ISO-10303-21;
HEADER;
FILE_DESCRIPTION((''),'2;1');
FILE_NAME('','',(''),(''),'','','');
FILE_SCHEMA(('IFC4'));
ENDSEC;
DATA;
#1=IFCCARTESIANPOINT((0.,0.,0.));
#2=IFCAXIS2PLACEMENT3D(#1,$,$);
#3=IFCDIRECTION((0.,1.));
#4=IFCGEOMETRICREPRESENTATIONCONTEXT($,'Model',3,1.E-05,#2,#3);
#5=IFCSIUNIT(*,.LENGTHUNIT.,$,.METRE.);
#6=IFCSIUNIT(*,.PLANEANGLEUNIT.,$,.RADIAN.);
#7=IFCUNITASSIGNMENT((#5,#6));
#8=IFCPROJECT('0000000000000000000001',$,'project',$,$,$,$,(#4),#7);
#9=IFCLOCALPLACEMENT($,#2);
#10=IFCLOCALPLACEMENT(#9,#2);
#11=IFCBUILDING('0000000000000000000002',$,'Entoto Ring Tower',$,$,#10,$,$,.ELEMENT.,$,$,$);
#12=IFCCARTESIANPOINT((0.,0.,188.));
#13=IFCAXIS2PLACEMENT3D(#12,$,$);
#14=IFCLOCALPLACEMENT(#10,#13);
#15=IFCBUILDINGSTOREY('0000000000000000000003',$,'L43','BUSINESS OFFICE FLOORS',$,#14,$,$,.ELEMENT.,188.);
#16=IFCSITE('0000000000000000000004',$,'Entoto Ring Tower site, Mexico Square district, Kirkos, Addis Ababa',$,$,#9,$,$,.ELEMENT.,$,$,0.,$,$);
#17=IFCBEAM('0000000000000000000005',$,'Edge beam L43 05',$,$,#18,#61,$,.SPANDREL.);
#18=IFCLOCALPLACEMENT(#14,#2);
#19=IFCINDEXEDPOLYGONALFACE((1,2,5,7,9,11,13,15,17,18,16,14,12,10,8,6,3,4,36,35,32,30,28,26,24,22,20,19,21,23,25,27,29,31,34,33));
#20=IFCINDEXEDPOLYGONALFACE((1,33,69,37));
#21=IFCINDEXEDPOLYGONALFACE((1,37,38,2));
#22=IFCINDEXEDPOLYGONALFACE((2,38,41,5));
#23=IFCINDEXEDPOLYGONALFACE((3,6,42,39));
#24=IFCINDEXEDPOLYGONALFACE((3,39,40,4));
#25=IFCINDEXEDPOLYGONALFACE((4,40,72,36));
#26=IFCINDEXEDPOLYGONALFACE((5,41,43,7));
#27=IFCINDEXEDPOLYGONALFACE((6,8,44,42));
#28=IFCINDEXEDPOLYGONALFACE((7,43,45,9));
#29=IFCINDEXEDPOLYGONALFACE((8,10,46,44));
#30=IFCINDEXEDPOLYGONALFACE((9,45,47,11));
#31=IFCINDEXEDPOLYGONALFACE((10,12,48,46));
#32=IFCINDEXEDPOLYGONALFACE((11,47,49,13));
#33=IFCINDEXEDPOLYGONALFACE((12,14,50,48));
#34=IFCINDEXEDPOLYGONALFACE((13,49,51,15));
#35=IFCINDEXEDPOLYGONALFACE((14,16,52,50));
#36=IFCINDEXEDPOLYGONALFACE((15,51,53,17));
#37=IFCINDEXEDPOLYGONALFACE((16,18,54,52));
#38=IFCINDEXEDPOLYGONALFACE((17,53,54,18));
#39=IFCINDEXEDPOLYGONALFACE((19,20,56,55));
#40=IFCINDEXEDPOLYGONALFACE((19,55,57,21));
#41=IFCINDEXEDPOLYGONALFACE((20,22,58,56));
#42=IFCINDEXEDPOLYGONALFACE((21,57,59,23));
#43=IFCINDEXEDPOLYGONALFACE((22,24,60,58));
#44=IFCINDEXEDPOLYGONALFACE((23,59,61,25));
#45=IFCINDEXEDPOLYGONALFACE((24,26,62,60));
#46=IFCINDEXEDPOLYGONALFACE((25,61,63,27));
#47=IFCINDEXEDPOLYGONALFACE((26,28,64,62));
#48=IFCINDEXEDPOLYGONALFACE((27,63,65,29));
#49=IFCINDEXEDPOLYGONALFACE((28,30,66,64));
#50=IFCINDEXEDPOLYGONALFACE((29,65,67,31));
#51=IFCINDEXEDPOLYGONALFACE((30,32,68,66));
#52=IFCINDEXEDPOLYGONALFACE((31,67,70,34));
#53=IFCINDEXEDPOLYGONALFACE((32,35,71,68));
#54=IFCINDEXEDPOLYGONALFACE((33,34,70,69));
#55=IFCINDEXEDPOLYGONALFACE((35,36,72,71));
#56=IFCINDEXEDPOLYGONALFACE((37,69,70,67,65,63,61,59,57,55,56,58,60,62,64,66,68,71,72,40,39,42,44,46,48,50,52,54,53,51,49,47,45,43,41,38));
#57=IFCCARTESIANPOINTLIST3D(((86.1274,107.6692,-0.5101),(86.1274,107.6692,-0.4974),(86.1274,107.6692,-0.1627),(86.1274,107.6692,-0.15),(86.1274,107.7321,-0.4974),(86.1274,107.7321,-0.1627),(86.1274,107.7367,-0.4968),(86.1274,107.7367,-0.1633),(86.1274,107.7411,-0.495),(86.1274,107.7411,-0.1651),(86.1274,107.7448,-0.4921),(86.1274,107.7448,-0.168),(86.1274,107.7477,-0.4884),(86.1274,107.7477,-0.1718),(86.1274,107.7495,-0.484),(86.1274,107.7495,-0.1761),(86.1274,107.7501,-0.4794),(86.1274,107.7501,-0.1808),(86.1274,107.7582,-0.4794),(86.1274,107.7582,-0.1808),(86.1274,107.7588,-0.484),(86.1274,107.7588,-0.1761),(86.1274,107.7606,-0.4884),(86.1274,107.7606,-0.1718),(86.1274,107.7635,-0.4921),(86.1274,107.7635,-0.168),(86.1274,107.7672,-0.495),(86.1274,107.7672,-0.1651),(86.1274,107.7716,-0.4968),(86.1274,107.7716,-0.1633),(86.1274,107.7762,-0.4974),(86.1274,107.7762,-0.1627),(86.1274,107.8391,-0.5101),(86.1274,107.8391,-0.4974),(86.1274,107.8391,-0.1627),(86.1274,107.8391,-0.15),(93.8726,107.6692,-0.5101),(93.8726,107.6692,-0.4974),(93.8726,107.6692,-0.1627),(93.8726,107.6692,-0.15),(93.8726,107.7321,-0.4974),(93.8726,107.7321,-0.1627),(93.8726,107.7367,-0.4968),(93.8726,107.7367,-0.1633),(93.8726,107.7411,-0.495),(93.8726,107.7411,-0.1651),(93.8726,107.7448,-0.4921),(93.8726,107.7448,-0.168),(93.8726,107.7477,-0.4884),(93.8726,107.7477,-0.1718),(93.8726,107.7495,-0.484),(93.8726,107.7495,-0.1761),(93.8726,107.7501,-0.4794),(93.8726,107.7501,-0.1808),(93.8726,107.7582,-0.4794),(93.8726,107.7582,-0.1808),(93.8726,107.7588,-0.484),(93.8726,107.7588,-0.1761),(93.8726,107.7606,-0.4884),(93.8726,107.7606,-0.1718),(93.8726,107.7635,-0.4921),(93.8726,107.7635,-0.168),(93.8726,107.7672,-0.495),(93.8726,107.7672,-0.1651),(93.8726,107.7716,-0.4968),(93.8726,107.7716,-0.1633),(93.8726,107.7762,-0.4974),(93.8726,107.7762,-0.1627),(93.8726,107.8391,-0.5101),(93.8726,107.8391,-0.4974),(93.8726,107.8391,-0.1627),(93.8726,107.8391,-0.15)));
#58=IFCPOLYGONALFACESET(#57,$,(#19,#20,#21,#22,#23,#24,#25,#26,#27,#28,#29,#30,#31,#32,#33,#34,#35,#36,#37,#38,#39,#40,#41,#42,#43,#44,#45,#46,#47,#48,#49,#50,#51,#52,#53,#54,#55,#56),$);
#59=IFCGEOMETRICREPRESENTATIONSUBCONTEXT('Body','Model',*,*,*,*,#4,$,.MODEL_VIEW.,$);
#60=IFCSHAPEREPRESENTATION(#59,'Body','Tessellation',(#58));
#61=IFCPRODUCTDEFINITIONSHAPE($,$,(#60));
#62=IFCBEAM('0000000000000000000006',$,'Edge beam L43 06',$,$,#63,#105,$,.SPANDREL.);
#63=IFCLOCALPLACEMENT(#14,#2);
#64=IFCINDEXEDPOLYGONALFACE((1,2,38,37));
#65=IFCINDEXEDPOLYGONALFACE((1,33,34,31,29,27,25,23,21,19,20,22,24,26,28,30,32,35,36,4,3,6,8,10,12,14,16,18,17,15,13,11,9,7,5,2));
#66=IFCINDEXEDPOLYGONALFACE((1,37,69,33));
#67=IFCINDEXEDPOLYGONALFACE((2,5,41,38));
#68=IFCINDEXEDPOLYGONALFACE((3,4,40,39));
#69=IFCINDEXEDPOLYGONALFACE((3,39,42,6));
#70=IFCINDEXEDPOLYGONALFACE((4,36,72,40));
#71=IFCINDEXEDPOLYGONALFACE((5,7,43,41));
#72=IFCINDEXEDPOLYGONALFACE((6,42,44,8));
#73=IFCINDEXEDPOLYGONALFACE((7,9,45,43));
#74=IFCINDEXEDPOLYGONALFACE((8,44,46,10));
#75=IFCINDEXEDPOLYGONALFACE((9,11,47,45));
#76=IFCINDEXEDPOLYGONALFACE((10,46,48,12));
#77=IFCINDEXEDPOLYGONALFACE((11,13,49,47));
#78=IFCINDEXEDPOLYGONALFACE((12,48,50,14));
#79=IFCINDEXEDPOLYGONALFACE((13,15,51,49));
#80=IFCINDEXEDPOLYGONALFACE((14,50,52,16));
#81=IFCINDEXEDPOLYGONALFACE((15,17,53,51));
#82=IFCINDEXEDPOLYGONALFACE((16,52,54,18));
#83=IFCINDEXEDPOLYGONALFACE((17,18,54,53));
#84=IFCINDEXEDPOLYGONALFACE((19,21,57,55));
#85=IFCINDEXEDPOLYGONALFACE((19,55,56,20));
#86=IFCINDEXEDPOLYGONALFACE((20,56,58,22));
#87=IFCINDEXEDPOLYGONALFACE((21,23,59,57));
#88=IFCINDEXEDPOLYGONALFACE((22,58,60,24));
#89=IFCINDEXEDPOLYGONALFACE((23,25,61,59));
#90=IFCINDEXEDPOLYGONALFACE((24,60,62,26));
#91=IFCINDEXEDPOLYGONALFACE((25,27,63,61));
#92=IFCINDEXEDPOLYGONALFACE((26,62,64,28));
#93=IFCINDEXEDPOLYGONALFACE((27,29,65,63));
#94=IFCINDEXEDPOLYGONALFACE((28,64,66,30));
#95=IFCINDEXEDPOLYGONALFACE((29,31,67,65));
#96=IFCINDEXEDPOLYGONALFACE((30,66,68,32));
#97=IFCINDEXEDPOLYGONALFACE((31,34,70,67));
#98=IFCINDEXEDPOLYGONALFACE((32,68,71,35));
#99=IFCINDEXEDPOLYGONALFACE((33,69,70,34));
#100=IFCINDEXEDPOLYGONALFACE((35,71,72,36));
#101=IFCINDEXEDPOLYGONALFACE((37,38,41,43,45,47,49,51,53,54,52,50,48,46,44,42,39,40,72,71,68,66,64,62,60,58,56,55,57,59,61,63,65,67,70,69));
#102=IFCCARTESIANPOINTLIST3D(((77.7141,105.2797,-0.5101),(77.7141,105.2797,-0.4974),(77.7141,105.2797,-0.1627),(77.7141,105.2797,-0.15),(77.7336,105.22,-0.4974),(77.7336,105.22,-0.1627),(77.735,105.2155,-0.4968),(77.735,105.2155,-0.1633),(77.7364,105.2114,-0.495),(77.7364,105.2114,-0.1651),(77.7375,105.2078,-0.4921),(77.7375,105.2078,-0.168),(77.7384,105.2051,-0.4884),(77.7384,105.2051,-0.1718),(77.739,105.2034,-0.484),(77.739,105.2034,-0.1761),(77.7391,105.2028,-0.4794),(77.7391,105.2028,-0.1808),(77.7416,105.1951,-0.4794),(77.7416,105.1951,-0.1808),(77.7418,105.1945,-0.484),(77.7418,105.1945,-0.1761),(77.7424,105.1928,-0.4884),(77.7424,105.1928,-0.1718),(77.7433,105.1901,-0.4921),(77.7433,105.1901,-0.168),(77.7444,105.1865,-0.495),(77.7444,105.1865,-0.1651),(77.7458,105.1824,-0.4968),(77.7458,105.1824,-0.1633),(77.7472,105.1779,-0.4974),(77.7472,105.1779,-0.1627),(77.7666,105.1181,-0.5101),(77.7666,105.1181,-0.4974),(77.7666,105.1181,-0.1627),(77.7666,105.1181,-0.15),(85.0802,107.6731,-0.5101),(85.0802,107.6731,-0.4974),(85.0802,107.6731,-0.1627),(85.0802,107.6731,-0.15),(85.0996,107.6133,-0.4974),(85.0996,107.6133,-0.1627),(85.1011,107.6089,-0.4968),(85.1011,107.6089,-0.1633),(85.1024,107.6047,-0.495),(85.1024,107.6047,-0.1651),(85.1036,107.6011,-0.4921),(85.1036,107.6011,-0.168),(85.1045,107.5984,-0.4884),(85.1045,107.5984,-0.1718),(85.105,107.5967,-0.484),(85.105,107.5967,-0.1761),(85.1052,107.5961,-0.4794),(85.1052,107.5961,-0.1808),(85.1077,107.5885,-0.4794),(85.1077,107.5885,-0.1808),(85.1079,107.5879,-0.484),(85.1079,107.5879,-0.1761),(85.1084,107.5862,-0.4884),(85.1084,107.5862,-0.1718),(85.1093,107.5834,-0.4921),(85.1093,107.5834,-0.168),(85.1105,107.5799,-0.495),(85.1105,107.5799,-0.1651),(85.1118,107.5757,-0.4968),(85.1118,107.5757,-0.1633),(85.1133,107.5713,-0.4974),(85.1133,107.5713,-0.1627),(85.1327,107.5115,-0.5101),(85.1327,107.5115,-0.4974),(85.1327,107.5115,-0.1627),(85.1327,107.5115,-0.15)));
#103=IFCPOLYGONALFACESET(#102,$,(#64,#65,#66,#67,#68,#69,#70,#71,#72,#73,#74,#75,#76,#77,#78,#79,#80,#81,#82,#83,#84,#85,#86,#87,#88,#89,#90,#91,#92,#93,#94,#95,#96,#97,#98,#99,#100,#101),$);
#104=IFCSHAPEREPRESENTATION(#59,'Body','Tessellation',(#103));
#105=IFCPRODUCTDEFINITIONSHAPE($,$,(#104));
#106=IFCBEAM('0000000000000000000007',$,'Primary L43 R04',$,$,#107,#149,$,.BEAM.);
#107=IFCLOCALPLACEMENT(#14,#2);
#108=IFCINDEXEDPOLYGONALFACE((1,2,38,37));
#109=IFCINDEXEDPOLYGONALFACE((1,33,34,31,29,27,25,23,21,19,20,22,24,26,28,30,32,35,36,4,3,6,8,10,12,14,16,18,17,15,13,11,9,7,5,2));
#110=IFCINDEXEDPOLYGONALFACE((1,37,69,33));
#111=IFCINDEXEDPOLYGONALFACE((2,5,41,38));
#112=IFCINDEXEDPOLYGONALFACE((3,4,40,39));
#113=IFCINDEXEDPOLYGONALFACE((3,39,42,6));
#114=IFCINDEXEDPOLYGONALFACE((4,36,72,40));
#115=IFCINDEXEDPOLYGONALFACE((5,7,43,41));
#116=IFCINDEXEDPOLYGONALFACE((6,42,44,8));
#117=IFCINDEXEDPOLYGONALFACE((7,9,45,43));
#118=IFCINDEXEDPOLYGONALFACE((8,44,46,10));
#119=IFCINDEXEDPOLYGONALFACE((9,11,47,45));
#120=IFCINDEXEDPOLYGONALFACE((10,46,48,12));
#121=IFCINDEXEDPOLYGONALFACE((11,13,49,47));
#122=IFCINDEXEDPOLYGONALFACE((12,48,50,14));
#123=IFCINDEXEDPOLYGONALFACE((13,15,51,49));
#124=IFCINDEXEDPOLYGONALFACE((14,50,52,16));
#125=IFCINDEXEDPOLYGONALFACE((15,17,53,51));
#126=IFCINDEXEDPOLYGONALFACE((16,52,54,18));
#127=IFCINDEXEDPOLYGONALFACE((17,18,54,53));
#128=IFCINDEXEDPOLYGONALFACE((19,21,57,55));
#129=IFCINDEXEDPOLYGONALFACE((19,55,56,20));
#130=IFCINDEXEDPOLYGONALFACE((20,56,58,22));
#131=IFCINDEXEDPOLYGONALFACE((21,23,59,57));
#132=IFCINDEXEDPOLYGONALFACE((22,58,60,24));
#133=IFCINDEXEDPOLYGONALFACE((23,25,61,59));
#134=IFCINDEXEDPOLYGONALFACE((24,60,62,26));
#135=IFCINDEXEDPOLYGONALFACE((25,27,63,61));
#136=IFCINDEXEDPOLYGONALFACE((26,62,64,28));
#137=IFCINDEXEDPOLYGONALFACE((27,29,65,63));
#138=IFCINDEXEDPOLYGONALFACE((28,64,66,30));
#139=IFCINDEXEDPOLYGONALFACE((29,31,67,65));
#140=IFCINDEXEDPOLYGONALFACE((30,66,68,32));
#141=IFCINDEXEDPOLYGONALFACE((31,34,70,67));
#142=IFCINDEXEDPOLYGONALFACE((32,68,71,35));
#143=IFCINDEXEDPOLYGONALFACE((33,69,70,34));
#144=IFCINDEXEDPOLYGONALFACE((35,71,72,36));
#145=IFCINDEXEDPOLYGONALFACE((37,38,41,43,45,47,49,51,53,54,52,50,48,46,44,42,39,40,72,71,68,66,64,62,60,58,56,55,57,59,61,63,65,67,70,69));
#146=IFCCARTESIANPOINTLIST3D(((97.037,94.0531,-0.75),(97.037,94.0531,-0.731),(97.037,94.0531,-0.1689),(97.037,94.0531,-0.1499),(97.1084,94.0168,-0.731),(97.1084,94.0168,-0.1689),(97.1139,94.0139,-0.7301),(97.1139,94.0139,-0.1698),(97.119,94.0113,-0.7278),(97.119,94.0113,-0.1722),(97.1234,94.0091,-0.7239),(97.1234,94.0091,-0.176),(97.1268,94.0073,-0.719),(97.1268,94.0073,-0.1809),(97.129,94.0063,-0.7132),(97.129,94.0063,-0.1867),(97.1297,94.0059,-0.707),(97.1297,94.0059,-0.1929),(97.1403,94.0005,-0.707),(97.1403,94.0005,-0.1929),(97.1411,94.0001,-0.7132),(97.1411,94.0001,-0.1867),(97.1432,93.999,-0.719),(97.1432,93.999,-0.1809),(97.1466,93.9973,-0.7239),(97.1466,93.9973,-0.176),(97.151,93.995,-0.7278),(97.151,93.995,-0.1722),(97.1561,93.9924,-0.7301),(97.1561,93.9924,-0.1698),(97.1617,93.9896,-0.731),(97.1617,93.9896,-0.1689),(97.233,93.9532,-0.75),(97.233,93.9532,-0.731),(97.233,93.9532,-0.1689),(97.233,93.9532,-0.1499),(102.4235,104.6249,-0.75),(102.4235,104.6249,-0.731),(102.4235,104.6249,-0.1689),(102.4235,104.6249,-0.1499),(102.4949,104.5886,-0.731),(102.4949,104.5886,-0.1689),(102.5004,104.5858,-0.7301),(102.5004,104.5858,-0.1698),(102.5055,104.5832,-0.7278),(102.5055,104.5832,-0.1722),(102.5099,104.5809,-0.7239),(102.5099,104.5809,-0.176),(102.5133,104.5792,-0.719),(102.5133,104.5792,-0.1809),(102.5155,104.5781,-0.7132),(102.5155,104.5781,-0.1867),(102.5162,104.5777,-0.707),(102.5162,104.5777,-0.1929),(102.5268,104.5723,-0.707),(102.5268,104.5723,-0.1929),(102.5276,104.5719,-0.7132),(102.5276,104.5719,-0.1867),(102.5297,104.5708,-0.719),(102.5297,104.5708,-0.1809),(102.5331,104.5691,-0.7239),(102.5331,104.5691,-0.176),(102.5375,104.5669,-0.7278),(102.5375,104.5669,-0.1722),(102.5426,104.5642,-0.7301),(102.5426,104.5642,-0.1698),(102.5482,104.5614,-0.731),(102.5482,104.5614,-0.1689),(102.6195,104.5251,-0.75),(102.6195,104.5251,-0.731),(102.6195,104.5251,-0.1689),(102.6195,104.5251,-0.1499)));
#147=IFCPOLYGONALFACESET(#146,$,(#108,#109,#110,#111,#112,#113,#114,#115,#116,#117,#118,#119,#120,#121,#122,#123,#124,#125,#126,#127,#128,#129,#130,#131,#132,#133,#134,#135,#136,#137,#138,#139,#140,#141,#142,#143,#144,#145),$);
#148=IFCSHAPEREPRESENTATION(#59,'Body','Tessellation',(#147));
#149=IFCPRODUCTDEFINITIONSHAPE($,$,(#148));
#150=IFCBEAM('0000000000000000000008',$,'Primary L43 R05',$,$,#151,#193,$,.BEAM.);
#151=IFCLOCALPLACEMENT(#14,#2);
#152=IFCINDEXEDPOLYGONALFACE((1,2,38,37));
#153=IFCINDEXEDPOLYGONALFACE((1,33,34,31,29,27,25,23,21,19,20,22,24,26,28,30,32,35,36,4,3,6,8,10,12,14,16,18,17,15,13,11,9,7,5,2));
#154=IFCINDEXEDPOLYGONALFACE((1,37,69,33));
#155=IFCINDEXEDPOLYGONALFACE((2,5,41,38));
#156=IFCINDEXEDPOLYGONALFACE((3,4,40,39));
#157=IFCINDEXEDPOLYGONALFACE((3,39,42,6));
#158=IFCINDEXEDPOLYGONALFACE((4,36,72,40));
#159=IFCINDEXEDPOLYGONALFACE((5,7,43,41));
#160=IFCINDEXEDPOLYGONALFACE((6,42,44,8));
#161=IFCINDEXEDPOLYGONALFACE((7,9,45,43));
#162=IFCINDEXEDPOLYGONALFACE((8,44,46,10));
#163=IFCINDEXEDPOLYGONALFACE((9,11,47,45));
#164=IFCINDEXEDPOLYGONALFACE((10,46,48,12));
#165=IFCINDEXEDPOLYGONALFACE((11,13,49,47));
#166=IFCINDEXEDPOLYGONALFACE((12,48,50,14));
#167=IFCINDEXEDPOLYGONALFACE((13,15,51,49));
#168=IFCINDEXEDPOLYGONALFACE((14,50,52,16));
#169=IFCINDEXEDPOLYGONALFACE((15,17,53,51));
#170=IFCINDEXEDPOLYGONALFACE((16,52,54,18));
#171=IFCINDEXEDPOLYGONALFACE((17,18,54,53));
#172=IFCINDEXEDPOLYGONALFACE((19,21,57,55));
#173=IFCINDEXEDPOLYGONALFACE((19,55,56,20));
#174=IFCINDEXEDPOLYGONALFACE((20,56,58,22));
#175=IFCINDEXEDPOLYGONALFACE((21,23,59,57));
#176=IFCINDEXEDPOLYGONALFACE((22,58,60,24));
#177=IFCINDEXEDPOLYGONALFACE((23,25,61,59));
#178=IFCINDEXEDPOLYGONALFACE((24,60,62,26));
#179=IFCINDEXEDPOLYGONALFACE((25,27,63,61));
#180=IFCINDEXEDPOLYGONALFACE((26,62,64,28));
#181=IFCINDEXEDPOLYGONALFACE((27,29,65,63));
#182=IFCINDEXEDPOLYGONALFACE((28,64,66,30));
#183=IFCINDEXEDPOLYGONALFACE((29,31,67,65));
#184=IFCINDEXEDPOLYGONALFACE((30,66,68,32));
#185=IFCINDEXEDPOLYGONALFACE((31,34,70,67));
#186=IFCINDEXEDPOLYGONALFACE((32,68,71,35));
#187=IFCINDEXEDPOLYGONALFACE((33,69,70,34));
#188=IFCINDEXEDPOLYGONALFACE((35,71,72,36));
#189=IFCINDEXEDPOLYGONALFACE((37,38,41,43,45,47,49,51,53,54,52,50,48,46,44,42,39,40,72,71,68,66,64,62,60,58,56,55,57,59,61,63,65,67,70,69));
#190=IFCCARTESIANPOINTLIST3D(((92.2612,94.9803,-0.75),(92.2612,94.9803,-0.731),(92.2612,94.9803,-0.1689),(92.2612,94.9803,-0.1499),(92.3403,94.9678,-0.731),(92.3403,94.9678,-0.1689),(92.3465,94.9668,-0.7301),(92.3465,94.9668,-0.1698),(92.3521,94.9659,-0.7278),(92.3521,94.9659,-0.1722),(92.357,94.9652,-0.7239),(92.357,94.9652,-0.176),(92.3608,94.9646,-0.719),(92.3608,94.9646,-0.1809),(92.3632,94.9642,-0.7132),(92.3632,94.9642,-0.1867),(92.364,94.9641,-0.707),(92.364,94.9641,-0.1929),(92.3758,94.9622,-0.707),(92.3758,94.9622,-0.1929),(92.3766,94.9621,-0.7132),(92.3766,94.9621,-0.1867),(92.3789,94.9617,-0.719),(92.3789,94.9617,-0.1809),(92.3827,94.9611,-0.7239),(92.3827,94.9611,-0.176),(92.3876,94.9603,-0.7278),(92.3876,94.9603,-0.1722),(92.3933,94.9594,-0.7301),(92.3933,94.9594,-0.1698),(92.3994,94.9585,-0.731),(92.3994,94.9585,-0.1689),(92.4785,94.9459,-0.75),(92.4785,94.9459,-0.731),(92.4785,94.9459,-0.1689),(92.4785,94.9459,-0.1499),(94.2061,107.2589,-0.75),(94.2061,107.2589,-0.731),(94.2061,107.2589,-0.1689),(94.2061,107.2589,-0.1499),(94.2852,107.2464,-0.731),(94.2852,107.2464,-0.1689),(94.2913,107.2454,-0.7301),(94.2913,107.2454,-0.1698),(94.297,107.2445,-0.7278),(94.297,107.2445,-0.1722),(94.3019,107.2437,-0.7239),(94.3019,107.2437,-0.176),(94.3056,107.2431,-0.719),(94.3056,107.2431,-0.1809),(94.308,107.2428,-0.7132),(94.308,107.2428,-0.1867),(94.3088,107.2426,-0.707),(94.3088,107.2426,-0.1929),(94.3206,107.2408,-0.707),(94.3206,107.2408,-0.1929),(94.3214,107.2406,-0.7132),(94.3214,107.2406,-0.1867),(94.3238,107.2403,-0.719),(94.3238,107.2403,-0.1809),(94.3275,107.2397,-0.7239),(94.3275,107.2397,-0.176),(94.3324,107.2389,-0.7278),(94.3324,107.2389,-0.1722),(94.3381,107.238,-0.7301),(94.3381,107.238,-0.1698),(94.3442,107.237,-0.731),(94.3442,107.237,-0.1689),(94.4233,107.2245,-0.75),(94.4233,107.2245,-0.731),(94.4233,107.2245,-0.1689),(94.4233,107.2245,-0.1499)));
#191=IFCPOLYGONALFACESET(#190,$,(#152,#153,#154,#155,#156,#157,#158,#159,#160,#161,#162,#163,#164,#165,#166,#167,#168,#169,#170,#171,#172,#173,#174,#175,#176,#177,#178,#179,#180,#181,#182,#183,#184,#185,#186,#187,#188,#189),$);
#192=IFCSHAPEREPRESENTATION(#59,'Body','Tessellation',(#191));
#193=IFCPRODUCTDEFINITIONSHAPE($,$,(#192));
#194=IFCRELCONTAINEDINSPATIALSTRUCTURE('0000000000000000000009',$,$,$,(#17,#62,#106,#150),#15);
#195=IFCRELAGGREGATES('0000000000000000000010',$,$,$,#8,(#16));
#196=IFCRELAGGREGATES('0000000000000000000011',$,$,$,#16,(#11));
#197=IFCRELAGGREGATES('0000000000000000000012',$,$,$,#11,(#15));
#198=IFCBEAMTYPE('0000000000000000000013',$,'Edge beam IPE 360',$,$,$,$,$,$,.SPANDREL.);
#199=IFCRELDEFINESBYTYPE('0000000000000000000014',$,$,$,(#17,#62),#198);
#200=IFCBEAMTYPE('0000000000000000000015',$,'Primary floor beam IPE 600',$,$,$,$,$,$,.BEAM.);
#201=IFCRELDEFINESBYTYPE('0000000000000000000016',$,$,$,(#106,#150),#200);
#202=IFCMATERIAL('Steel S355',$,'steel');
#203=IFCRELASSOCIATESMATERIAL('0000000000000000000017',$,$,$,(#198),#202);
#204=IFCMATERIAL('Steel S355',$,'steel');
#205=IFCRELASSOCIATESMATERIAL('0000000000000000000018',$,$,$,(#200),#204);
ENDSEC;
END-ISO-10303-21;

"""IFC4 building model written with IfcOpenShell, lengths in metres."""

from ifc_helpers import new_model, si_unit, direction, frame, origin, origin_2d, place, context, subcontext, project, spatial, i_section, extrude, material, material_profile, profile_set, type_object, element, save


model = new_model("IFC4")

# Units and contexts
model_context = context("Model", 3, precision=1e-05, world=origin(), true_north=direction((0.0, 1.0)))
body_context = subcontext(model_context, "Body", "Model", "MODEL_VIEW")
ifc_project = project(units=[si_unit("LENGTHUNIT", "METRE"), si_unit("PLANEANGLEUNIT", "RADIAN")], contexts=[model_context])

# Site, building, storey
site_placement = place(None, origin())
site = spatial("IfcSite", under=ifc_project, at=site_placement, Name="Entoto Ring Tower site, Mexico Square district, Kirkos, Addis Ababa", CompositionType="ELEMENT", RefElevation=0.0)
building_placement = place(site_placement, origin())
building = spatial("IfcBuilding", under=site, at=building_placement, Name="Entoto Ring Tower", CompositionType="ELEMENT")
storey_placement = place(building_placement, frame((0.0, 0.0, 188.0)))
storey = spatial("IfcBuildingStorey", under=building, at=storey_placement, Name="L43", Description="BUSINESS OFFICE FLOORS", CompositionType="ELEMENT", Elevation=188.0)

# Beams
ifc_material_1 = material(Name="Steel S355", Category="steel")
ifc_material_profile_1 = material_profile(ifc_material_1, i_section(OverallWidth=0.1699, OverallDepth=0.3601, WebThickness=0.0081, FlangeThickness=0.0127, FilletRadius=0.0181, at=origin_2d()), Name="IPE 360")
ifc_profile_set_1 = profile_set([ifc_material_profile_1], Name="Steel S355")
beam_type_1 = type_object("IfcBeamType", Name="Edge beam IPE 360", PredefinedType="SPANDREL", material=ifc_profile_set_1)
for number, where, z_axis, x_axis, name in (
    (1, (93.8726, 107.7542, -0.3301), (-1.0, 0.0, 0.0), (0.0, -1.0, 0.0), "Edge beam L43 05"),
    (2, (85.1064, 107.5923, -0.3301), (-0.951058, -0.309013, 0.0), (0.309013, -0.951058, 0.0), "Edge beam L43 06"),
):
    element("IfcBeam", number, at=place(storey_placement, frame(where, z_axis=z_axis, x_axis=x_axis)), inside=storey, type_object=beam_type_1, Name=name, PredefinedType="SPANDREL", context=body_context, shape_type="SweptSolid", body=[
        extrude(i_section(OverallWidth=0.1699, OverallDepth=0.3601, WebThickness=0.0081, FlangeThickness=0.0127, FilletRadius=0.0181, at=origin_2d()), origin(), (0.0, 0.0, 1.0), 7.7451),
    ])
ifc_material_2 = material(Name="Steel S355", Category="steel")
ifc_material_profile_2 = material_profile(ifc_material_2, i_section(OverallWidth=0.22, OverallDepth=0.6001, WebThickness=0.012, FlangeThickness=0.019, FilletRadius=0.0239, at=origin_2d()), Name="IPE 600")
ifc_profile_set_2 = profile_set([ifc_material_profile_2], Name="Steel S355")
beam_type_2 = type_object("IfcBeamType", Name="Primary floor beam IPE 600", PredefinedType="BEAM", material=ifc_profile_set_2)
beam_1_placement = place(storey_placement, frame((97.135, 94.0032, -0.45), z_axis=(0.453983, 0.89101, 0.0), x_axis=(-0.89101, 0.453983, 0.0)))
element("IfcBeam", 3, at=beam_1_placement, inside=storey, type_object=beam_type_2, Name="Primary L43 R04", PredefinedType="BEAM", context=body_context, shape_type="SweptSolid", body=[
    extrude(i_section(OverallWidth=0.22, OverallDepth=0.6001, WebThickness=0.012, FlangeThickness=0.019, FilletRadius=0.0239, at=origin_2d()), origin(), (0.0, 0.0, 1.0), 11.865),
])
for number, where, z_axis, x_axis, name in (
    (4, (92.3699, 94.9631, -0.45), (0.156442, 0.987687, 0.0), (-0.987687, 0.156442, 0.0), "Primary L43 R05"),
):
    element("IfcBeam", number, at=place(storey_placement, frame(where, z_axis=z_axis, x_axis=x_axis)), inside=storey, type_object=beam_type_2, Name=name, PredefinedType="BEAM", context=body_context, shape_type="SweptSolid", body=[
        extrude(i_section(OverallWidth=0.22, OverallDepth=0.6001, WebThickness=0.012, FlangeThickness=0.019, FilletRadius=0.0239, at=origin_2d()), origin(), (0.0, 0.0, 1.0), 12.4316),
    ])

save(model, "model.ifc")
